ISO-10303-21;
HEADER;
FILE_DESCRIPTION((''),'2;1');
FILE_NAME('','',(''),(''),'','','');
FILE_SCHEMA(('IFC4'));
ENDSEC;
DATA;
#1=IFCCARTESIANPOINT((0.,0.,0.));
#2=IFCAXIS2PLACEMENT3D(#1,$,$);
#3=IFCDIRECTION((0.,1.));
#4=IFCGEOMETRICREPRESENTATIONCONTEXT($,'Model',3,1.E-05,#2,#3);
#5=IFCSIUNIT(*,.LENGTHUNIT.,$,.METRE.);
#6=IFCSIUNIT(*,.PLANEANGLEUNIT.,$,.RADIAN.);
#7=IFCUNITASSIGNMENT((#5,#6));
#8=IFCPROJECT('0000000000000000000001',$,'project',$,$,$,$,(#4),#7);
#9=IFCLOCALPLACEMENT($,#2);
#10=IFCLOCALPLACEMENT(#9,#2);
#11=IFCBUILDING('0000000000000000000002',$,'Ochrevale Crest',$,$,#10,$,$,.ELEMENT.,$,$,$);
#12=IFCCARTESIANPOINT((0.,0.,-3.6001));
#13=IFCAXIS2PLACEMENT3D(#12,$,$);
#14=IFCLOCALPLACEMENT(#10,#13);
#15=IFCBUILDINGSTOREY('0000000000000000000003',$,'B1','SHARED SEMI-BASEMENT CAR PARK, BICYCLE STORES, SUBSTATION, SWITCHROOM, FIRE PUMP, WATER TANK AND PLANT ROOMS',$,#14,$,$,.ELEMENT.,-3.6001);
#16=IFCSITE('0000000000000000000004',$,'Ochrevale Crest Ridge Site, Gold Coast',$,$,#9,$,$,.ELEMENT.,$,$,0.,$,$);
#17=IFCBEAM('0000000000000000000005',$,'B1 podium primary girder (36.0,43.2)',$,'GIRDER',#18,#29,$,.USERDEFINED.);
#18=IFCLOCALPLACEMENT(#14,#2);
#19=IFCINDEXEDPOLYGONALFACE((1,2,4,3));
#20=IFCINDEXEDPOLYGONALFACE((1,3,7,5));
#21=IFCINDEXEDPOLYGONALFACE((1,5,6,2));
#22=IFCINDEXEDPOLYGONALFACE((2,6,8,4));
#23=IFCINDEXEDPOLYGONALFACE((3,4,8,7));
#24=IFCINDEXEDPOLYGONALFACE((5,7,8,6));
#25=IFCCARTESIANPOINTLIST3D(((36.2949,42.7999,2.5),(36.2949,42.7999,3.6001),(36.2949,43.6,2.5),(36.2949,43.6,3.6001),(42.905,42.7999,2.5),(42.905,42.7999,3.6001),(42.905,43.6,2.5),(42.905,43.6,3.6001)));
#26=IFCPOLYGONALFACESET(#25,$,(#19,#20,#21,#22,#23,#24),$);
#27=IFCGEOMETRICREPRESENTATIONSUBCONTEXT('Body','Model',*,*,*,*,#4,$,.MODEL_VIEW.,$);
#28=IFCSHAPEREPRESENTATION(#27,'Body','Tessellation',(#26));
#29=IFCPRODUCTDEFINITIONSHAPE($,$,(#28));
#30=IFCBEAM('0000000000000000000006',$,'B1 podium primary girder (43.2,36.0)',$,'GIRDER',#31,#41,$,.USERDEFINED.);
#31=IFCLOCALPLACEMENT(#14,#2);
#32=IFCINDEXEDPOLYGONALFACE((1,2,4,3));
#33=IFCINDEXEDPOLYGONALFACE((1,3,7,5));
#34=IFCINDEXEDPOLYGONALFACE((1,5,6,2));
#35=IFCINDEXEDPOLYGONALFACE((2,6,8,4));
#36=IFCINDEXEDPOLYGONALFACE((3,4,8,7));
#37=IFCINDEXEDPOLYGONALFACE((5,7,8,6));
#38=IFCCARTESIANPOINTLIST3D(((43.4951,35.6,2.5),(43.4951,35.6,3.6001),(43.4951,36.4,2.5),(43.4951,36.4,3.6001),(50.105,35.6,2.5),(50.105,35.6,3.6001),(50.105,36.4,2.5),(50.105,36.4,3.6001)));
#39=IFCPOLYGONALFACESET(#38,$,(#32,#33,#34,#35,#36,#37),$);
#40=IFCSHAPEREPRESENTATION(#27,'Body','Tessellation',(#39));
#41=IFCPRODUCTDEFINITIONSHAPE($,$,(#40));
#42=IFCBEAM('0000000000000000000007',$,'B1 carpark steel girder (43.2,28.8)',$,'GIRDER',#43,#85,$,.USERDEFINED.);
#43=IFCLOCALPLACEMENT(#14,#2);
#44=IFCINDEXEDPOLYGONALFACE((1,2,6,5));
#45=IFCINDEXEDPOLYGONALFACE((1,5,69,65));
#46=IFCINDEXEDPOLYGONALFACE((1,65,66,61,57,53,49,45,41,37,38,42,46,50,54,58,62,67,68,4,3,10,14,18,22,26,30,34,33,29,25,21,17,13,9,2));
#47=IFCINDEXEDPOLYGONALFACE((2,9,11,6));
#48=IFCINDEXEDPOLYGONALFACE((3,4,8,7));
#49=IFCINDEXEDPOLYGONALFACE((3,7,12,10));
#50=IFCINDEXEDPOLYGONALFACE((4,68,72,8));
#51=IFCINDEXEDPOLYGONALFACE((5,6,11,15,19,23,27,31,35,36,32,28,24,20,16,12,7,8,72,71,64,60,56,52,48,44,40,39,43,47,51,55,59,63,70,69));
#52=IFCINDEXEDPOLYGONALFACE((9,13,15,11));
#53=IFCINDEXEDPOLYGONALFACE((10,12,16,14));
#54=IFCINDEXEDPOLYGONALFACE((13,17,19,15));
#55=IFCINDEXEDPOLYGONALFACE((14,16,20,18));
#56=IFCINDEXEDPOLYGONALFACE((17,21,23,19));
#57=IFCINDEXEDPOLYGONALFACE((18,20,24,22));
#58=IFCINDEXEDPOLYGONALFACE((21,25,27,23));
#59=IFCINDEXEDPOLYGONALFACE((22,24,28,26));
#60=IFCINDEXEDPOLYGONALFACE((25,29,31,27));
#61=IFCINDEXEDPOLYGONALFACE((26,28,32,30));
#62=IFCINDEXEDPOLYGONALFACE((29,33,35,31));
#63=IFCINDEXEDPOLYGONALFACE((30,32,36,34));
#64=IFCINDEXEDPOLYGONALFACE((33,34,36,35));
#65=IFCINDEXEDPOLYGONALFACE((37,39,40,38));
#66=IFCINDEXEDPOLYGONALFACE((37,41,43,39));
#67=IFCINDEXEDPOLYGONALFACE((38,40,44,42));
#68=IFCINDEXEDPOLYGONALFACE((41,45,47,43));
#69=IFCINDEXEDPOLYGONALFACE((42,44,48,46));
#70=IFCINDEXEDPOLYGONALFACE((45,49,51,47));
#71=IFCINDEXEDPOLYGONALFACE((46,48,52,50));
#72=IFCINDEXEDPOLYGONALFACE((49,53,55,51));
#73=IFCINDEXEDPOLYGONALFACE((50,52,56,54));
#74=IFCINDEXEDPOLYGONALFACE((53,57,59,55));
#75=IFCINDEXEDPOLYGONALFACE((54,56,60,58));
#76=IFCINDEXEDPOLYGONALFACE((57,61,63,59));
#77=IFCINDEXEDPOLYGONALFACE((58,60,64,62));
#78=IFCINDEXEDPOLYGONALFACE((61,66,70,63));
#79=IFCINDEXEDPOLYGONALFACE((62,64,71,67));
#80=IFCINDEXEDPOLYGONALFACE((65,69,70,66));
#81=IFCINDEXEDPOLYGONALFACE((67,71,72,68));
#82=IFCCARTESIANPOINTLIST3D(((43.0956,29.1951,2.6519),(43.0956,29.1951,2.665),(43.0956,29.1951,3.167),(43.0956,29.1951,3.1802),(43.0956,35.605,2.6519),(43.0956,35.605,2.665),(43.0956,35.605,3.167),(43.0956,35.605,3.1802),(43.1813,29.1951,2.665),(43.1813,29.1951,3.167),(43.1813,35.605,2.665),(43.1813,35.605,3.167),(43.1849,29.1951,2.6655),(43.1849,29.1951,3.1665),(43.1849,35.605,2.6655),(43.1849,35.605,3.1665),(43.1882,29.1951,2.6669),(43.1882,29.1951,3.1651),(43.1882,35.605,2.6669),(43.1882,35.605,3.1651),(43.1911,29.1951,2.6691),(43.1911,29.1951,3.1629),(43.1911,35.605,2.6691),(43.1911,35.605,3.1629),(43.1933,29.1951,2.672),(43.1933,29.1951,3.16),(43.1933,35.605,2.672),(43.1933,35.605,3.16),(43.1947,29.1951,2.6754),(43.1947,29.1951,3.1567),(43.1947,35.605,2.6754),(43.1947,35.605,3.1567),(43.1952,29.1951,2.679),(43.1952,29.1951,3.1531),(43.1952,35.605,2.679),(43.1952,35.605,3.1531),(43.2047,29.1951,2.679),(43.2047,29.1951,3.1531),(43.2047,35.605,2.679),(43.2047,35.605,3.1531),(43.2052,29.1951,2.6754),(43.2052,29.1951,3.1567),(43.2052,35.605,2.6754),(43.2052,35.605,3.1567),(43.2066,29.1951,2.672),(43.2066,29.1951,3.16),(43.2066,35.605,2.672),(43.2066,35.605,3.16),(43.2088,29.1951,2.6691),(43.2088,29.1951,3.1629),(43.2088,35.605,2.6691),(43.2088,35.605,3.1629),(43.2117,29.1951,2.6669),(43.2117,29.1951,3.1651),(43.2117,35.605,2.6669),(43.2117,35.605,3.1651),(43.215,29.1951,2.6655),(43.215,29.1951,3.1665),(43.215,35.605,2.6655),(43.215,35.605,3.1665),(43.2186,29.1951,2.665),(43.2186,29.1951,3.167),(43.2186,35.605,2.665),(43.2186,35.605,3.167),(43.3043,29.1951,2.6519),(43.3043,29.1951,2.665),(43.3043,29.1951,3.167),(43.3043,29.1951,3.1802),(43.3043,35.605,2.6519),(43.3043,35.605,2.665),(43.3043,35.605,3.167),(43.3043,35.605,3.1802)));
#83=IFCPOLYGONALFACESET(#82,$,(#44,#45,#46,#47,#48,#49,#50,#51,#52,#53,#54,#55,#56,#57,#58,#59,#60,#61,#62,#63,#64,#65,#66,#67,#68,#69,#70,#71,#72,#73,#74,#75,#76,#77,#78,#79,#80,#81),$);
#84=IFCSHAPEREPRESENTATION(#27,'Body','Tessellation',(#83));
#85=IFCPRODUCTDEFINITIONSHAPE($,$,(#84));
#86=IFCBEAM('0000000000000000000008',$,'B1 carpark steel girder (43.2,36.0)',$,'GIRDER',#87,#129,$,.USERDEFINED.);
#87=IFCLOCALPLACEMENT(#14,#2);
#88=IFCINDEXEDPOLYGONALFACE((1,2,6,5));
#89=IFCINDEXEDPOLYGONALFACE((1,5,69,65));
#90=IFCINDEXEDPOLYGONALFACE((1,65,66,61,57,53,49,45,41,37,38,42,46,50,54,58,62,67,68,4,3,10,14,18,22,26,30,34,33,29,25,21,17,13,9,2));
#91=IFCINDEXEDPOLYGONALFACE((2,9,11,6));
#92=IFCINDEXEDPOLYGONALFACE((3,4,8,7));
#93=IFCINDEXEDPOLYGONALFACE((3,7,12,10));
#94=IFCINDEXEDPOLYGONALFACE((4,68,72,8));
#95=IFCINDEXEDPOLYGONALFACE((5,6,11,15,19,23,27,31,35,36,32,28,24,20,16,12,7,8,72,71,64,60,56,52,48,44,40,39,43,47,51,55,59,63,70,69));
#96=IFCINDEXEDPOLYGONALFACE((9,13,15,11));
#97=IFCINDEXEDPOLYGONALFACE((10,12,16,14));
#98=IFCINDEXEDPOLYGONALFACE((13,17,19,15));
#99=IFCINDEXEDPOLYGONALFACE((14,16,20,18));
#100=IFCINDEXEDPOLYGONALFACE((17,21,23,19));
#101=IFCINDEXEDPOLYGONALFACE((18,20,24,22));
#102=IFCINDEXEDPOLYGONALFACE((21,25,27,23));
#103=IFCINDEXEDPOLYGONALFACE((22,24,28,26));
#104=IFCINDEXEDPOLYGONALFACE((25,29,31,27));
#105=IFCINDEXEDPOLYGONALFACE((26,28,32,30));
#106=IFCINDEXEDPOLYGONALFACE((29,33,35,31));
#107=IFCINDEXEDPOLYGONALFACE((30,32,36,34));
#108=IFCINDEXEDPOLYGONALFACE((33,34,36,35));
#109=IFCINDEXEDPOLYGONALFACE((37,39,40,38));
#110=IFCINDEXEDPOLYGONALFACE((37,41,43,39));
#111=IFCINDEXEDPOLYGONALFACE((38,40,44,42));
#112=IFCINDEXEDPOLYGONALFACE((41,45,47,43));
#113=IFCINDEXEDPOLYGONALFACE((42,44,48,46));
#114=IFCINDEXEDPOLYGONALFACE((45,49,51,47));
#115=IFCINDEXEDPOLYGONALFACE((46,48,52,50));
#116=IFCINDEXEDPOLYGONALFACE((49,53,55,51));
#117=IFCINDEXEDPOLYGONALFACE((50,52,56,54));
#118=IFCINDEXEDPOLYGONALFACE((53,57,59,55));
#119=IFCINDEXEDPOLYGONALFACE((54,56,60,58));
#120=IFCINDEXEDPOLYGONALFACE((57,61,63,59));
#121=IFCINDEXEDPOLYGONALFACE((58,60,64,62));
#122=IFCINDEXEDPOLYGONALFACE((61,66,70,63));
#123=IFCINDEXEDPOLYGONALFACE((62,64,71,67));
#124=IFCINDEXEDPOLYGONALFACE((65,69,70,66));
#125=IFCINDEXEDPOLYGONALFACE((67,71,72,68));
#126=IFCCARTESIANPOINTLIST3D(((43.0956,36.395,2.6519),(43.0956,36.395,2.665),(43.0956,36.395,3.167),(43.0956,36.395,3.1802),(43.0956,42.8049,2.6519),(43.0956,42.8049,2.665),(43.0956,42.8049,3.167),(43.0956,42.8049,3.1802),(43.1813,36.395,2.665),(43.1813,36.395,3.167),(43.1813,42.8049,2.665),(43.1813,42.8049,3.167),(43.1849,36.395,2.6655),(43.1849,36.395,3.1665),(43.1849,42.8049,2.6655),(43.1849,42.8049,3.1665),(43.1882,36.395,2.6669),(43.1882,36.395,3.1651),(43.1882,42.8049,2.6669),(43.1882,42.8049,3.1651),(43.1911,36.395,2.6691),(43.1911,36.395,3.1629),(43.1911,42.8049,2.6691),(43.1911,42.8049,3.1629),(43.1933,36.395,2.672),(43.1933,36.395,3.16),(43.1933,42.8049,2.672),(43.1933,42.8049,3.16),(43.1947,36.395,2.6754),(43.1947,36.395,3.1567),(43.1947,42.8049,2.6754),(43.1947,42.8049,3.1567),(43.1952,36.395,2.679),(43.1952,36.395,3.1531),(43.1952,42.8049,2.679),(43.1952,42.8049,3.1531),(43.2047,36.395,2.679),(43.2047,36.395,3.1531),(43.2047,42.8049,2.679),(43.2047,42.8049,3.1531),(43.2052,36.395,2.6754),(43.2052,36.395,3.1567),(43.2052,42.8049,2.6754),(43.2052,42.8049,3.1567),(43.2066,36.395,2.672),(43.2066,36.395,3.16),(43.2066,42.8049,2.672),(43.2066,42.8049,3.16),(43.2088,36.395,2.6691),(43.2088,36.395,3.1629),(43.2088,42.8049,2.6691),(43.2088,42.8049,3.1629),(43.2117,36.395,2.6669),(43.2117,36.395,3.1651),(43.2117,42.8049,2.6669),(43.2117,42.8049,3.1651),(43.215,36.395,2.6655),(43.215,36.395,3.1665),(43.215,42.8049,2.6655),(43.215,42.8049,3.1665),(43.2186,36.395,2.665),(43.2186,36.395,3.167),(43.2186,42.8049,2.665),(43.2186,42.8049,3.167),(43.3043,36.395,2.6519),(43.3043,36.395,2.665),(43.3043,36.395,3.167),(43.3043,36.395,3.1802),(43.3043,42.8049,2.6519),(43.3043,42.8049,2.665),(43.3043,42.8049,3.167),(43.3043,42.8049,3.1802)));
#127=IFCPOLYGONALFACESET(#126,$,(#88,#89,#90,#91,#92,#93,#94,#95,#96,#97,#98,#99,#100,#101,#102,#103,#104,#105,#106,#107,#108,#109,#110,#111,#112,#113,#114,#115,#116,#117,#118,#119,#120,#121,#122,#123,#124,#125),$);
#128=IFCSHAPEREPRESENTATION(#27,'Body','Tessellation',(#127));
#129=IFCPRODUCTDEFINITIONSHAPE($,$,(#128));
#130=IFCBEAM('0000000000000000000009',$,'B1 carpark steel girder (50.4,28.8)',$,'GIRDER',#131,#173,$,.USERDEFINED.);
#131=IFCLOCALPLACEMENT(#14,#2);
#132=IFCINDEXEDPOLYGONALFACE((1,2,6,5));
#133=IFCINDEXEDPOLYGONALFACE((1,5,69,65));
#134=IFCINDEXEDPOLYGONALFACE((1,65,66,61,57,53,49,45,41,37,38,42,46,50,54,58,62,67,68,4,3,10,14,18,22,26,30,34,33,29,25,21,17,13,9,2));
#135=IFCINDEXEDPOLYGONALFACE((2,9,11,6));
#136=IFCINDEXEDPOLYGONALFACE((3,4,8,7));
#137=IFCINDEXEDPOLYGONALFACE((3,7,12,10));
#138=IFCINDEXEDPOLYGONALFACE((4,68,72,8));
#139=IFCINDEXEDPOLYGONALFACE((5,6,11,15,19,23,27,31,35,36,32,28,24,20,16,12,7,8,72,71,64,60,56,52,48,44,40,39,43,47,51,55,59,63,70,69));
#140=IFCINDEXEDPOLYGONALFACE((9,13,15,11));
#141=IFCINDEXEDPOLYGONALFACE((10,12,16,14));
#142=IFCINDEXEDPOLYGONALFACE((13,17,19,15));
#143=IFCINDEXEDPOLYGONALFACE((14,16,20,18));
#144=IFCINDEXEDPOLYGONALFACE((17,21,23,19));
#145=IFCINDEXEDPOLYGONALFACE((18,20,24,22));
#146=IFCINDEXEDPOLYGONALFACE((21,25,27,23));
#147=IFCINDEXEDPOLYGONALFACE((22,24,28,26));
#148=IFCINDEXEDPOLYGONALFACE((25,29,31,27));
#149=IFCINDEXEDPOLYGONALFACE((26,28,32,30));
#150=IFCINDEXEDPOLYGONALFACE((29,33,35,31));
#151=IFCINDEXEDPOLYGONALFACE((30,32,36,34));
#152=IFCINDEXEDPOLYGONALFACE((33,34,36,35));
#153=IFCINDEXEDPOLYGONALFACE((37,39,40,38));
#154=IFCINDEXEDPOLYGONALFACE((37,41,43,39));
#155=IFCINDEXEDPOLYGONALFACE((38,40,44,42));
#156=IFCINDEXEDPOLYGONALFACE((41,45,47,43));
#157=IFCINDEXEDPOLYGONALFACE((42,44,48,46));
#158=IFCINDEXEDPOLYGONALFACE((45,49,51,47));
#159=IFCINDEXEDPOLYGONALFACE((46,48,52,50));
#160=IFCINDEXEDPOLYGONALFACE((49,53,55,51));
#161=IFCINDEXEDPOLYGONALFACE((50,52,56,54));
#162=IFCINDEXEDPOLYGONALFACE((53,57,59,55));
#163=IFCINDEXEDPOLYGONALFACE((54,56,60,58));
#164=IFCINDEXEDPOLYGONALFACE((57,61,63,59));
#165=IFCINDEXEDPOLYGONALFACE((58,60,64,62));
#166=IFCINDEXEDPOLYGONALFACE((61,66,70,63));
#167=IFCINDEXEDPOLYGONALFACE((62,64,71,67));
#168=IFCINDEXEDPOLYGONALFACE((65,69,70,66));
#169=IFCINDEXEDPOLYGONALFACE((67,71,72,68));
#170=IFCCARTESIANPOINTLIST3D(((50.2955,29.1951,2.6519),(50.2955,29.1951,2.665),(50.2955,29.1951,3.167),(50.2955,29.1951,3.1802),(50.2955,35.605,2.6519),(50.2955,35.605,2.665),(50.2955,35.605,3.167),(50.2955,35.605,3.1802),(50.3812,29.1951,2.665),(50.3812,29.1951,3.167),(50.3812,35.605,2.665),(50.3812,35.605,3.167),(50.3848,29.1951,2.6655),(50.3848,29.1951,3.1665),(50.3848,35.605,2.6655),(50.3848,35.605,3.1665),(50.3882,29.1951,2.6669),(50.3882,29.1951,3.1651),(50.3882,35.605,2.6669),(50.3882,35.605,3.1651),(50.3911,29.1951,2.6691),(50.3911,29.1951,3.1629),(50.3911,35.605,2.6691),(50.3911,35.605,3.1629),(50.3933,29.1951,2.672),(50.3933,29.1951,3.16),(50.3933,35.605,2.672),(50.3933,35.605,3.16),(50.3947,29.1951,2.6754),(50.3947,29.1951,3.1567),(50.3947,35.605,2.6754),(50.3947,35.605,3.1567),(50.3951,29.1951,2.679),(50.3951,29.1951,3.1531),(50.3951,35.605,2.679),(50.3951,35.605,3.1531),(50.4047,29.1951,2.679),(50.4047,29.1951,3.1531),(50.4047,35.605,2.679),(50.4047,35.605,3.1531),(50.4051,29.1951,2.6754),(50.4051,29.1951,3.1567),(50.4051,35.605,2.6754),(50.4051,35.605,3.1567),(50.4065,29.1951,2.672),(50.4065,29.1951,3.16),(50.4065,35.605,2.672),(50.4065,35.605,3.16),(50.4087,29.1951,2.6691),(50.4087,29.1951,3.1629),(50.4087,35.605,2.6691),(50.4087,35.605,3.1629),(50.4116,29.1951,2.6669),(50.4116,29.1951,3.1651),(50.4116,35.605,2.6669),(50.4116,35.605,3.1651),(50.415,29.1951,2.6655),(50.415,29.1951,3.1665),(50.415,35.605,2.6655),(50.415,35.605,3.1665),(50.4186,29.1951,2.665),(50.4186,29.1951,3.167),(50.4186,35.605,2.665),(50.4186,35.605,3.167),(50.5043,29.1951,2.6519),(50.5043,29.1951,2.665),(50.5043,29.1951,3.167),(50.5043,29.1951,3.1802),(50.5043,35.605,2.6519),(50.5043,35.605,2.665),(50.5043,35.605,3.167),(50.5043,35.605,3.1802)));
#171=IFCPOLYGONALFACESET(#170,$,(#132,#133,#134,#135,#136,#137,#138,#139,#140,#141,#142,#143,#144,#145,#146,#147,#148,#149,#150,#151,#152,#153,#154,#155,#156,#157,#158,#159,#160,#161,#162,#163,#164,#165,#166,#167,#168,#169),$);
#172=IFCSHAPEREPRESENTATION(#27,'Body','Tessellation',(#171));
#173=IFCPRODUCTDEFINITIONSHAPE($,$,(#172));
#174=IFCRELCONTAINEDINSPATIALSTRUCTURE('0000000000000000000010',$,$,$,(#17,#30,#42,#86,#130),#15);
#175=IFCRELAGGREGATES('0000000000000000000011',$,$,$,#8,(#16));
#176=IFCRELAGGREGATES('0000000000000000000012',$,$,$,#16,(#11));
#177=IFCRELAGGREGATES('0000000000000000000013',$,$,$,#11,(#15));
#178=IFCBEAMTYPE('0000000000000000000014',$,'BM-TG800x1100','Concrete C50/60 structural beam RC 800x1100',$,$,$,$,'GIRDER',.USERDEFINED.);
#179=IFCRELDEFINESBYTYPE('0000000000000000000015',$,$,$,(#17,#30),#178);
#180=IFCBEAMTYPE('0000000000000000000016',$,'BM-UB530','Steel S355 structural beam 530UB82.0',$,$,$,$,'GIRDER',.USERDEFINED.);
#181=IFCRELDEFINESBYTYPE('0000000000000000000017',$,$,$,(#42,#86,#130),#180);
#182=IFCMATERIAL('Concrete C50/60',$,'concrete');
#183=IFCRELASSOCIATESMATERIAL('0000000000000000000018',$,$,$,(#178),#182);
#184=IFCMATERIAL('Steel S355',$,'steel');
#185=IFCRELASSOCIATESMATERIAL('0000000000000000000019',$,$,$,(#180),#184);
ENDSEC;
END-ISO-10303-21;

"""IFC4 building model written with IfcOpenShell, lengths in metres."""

from ifc_helpers import new_model, si_unit, direction, frame, origin, origin_2d, place, context, subcontext, project, spatial, rectangle, i_section, extrude, material, material_profile, profile_set, type_object, element, save


model = new_model("IFC4")

# Units and contexts
model_context = context("Model", 3, precision=1e-05, world=origin(), true_north=direction((0.0, 1.0)))
body_context = subcontext(model_context, "Body", "Model", "MODEL_VIEW")
ifc_project = project(units=[si_unit("LENGTHUNIT", "METRE"), si_unit("PLANEANGLEUNIT", "RADIAN")], contexts=[model_context])

# Site, building, storey
site_placement = place(None, origin())
site = spatial("IfcSite", under=ifc_project, at=site_placement, Name="Ochrevale Crest Ridge Site, Gold Coast", CompositionType="ELEMENT", RefElevation=0.0)
building_placement = place(site_placement, origin())
building = spatial("IfcBuilding", under=site, at=building_placement, Name="Ochrevale Crest", CompositionType="ELEMENT")
storey_placement = place(building_placement, frame((0.0, 0.0, -3.6001)))
storey = spatial("IfcBuildingStorey", under=building, at=storey_placement, Name="B1", Description="SHARED SEMI-BASEMENT CAR PARK, BICYCLE STORES, SUBSTATION, SWITCHROOM, FIRE PUMP, WATER TANK AND PLANT ROOMS", CompositionType="ELEMENT", Elevation=-3.6001)

# Shared definitions
ifc_material_1 = material(Name="Concrete C50/60", Category="concrete")

# Beams
ifc_material_profile_1 = material_profile(ifc_material_1, rectangle(XDim=0.8, YDim=1.1001, at=origin_2d()), Name="RC 800x1100")
ifc_profile_set_1 = profile_set([ifc_material_profile_1], Name="Concrete C50/60")
beam_type_1 = type_object("IfcBeamType", Name="BM-TG800x1100", Description="Concrete C50/60 structural beam RC 800x1100", ElementType="GIRDER", PredefinedType="USERDEFINED", material=ifc_profile_set_1)
beam_1_placement = place(storey_placement, frame((36.2949, 43.2, 3.05), z_axis=(1.0, 0.0, 0.0), x_axis=(0.0, 1.0, 0.0)))
element("IfcBeam", 1, at=beam_1_placement, inside=storey, type_object=beam_type_1, Name="B1 podium primary girder (36.0,43.2)", ObjectType="GIRDER", PredefinedType="USERDEFINED", context=body_context, shape_type="SweptSolid", body=[
    extrude(rectangle(XDim=0.8, YDim=1.1001, at=origin_2d()), origin(), (0.0, 0.0, 1.0), 6.6101),
])
beam_2_placement = place(storey_placement, frame((43.4951, 36.0, 3.05), z_axis=(1.0, 0.0, 0.0), x_axis=(0.0, 1.0, 0.0)))
element("IfcBeam", 2, at=beam_2_placement, inside=storey, type_object=beam_type_1, Name="B1 podium primary girder (43.2,36.0)", ObjectType="GIRDER", PredefinedType="USERDEFINED", context=body_context, shape_type="SweptSolid", body=[
    extrude(rectangle(XDim=0.8, YDim=1.1001, at=origin_2d()), origin(), (0.0, 0.0, 1.0), 6.6099),
])
ifc_material_2 = material(Name="Steel S355", Category="steel")
ifc_material_profile_2 = material_profile(ifc_material_2, i_section(OverallWidth=0.2087, OverallDepth=0.5283, WebThickness=0.0095, FlangeThickness=0.0132, FilletRadius=0.0139, at=origin_2d()), Name="530UB82.0")
ifc_profile_set_2 = profile_set([ifc_material_profile_2], Name="Steel S355")
beam_type_2 = type_object("IfcBeamType", Name="BM-UB530", Description="Steel S355 structural beam 530UB82.0", ElementType="GIRDER", PredefinedType="USERDEFINED", material=ifc_profile_set_2)
for number, where, z_axis, x_axis, name in (
    (3, (43.2, 29.1951, 2.916), (0.0, 1.0, 0.0), (-1.0, 0.0, 0.0), "B1 carpark steel girder (43.2,28.8)"),
    (4, (43.2, 36.395, 2.916), (0.0, 1.0, 0.0), (-1.0, 0.0, 0.0), "B1 carpark steel girder (43.2,36.0)"),
    (5, (50.3999, 29.1951, 2.916), (0.0, 1.0, 0.0), (-1.0, 0.0, 0.0), "B1 carpark steel girder (50.4,28.8)"),
):
    element("IfcBeam", number, at=place(storey_placement, frame(where, z_axis=z_axis, x_axis=x_axis)), inside=storey, type_object=beam_type_2, Name=name, ObjectType="GIRDER", PredefinedType="USERDEFINED", context=body_context, shape_type="SweptSolid", body=[
        extrude(i_section(OverallWidth=0.2087, OverallDepth=0.5283, WebThickness=0.0095, FlangeThickness=0.0132, FilletRadius=0.0139, at=origin_2d()), origin(), (0.0, 0.0, 1.0), 6.4099),
    ])

save(model, "model.ifc")
